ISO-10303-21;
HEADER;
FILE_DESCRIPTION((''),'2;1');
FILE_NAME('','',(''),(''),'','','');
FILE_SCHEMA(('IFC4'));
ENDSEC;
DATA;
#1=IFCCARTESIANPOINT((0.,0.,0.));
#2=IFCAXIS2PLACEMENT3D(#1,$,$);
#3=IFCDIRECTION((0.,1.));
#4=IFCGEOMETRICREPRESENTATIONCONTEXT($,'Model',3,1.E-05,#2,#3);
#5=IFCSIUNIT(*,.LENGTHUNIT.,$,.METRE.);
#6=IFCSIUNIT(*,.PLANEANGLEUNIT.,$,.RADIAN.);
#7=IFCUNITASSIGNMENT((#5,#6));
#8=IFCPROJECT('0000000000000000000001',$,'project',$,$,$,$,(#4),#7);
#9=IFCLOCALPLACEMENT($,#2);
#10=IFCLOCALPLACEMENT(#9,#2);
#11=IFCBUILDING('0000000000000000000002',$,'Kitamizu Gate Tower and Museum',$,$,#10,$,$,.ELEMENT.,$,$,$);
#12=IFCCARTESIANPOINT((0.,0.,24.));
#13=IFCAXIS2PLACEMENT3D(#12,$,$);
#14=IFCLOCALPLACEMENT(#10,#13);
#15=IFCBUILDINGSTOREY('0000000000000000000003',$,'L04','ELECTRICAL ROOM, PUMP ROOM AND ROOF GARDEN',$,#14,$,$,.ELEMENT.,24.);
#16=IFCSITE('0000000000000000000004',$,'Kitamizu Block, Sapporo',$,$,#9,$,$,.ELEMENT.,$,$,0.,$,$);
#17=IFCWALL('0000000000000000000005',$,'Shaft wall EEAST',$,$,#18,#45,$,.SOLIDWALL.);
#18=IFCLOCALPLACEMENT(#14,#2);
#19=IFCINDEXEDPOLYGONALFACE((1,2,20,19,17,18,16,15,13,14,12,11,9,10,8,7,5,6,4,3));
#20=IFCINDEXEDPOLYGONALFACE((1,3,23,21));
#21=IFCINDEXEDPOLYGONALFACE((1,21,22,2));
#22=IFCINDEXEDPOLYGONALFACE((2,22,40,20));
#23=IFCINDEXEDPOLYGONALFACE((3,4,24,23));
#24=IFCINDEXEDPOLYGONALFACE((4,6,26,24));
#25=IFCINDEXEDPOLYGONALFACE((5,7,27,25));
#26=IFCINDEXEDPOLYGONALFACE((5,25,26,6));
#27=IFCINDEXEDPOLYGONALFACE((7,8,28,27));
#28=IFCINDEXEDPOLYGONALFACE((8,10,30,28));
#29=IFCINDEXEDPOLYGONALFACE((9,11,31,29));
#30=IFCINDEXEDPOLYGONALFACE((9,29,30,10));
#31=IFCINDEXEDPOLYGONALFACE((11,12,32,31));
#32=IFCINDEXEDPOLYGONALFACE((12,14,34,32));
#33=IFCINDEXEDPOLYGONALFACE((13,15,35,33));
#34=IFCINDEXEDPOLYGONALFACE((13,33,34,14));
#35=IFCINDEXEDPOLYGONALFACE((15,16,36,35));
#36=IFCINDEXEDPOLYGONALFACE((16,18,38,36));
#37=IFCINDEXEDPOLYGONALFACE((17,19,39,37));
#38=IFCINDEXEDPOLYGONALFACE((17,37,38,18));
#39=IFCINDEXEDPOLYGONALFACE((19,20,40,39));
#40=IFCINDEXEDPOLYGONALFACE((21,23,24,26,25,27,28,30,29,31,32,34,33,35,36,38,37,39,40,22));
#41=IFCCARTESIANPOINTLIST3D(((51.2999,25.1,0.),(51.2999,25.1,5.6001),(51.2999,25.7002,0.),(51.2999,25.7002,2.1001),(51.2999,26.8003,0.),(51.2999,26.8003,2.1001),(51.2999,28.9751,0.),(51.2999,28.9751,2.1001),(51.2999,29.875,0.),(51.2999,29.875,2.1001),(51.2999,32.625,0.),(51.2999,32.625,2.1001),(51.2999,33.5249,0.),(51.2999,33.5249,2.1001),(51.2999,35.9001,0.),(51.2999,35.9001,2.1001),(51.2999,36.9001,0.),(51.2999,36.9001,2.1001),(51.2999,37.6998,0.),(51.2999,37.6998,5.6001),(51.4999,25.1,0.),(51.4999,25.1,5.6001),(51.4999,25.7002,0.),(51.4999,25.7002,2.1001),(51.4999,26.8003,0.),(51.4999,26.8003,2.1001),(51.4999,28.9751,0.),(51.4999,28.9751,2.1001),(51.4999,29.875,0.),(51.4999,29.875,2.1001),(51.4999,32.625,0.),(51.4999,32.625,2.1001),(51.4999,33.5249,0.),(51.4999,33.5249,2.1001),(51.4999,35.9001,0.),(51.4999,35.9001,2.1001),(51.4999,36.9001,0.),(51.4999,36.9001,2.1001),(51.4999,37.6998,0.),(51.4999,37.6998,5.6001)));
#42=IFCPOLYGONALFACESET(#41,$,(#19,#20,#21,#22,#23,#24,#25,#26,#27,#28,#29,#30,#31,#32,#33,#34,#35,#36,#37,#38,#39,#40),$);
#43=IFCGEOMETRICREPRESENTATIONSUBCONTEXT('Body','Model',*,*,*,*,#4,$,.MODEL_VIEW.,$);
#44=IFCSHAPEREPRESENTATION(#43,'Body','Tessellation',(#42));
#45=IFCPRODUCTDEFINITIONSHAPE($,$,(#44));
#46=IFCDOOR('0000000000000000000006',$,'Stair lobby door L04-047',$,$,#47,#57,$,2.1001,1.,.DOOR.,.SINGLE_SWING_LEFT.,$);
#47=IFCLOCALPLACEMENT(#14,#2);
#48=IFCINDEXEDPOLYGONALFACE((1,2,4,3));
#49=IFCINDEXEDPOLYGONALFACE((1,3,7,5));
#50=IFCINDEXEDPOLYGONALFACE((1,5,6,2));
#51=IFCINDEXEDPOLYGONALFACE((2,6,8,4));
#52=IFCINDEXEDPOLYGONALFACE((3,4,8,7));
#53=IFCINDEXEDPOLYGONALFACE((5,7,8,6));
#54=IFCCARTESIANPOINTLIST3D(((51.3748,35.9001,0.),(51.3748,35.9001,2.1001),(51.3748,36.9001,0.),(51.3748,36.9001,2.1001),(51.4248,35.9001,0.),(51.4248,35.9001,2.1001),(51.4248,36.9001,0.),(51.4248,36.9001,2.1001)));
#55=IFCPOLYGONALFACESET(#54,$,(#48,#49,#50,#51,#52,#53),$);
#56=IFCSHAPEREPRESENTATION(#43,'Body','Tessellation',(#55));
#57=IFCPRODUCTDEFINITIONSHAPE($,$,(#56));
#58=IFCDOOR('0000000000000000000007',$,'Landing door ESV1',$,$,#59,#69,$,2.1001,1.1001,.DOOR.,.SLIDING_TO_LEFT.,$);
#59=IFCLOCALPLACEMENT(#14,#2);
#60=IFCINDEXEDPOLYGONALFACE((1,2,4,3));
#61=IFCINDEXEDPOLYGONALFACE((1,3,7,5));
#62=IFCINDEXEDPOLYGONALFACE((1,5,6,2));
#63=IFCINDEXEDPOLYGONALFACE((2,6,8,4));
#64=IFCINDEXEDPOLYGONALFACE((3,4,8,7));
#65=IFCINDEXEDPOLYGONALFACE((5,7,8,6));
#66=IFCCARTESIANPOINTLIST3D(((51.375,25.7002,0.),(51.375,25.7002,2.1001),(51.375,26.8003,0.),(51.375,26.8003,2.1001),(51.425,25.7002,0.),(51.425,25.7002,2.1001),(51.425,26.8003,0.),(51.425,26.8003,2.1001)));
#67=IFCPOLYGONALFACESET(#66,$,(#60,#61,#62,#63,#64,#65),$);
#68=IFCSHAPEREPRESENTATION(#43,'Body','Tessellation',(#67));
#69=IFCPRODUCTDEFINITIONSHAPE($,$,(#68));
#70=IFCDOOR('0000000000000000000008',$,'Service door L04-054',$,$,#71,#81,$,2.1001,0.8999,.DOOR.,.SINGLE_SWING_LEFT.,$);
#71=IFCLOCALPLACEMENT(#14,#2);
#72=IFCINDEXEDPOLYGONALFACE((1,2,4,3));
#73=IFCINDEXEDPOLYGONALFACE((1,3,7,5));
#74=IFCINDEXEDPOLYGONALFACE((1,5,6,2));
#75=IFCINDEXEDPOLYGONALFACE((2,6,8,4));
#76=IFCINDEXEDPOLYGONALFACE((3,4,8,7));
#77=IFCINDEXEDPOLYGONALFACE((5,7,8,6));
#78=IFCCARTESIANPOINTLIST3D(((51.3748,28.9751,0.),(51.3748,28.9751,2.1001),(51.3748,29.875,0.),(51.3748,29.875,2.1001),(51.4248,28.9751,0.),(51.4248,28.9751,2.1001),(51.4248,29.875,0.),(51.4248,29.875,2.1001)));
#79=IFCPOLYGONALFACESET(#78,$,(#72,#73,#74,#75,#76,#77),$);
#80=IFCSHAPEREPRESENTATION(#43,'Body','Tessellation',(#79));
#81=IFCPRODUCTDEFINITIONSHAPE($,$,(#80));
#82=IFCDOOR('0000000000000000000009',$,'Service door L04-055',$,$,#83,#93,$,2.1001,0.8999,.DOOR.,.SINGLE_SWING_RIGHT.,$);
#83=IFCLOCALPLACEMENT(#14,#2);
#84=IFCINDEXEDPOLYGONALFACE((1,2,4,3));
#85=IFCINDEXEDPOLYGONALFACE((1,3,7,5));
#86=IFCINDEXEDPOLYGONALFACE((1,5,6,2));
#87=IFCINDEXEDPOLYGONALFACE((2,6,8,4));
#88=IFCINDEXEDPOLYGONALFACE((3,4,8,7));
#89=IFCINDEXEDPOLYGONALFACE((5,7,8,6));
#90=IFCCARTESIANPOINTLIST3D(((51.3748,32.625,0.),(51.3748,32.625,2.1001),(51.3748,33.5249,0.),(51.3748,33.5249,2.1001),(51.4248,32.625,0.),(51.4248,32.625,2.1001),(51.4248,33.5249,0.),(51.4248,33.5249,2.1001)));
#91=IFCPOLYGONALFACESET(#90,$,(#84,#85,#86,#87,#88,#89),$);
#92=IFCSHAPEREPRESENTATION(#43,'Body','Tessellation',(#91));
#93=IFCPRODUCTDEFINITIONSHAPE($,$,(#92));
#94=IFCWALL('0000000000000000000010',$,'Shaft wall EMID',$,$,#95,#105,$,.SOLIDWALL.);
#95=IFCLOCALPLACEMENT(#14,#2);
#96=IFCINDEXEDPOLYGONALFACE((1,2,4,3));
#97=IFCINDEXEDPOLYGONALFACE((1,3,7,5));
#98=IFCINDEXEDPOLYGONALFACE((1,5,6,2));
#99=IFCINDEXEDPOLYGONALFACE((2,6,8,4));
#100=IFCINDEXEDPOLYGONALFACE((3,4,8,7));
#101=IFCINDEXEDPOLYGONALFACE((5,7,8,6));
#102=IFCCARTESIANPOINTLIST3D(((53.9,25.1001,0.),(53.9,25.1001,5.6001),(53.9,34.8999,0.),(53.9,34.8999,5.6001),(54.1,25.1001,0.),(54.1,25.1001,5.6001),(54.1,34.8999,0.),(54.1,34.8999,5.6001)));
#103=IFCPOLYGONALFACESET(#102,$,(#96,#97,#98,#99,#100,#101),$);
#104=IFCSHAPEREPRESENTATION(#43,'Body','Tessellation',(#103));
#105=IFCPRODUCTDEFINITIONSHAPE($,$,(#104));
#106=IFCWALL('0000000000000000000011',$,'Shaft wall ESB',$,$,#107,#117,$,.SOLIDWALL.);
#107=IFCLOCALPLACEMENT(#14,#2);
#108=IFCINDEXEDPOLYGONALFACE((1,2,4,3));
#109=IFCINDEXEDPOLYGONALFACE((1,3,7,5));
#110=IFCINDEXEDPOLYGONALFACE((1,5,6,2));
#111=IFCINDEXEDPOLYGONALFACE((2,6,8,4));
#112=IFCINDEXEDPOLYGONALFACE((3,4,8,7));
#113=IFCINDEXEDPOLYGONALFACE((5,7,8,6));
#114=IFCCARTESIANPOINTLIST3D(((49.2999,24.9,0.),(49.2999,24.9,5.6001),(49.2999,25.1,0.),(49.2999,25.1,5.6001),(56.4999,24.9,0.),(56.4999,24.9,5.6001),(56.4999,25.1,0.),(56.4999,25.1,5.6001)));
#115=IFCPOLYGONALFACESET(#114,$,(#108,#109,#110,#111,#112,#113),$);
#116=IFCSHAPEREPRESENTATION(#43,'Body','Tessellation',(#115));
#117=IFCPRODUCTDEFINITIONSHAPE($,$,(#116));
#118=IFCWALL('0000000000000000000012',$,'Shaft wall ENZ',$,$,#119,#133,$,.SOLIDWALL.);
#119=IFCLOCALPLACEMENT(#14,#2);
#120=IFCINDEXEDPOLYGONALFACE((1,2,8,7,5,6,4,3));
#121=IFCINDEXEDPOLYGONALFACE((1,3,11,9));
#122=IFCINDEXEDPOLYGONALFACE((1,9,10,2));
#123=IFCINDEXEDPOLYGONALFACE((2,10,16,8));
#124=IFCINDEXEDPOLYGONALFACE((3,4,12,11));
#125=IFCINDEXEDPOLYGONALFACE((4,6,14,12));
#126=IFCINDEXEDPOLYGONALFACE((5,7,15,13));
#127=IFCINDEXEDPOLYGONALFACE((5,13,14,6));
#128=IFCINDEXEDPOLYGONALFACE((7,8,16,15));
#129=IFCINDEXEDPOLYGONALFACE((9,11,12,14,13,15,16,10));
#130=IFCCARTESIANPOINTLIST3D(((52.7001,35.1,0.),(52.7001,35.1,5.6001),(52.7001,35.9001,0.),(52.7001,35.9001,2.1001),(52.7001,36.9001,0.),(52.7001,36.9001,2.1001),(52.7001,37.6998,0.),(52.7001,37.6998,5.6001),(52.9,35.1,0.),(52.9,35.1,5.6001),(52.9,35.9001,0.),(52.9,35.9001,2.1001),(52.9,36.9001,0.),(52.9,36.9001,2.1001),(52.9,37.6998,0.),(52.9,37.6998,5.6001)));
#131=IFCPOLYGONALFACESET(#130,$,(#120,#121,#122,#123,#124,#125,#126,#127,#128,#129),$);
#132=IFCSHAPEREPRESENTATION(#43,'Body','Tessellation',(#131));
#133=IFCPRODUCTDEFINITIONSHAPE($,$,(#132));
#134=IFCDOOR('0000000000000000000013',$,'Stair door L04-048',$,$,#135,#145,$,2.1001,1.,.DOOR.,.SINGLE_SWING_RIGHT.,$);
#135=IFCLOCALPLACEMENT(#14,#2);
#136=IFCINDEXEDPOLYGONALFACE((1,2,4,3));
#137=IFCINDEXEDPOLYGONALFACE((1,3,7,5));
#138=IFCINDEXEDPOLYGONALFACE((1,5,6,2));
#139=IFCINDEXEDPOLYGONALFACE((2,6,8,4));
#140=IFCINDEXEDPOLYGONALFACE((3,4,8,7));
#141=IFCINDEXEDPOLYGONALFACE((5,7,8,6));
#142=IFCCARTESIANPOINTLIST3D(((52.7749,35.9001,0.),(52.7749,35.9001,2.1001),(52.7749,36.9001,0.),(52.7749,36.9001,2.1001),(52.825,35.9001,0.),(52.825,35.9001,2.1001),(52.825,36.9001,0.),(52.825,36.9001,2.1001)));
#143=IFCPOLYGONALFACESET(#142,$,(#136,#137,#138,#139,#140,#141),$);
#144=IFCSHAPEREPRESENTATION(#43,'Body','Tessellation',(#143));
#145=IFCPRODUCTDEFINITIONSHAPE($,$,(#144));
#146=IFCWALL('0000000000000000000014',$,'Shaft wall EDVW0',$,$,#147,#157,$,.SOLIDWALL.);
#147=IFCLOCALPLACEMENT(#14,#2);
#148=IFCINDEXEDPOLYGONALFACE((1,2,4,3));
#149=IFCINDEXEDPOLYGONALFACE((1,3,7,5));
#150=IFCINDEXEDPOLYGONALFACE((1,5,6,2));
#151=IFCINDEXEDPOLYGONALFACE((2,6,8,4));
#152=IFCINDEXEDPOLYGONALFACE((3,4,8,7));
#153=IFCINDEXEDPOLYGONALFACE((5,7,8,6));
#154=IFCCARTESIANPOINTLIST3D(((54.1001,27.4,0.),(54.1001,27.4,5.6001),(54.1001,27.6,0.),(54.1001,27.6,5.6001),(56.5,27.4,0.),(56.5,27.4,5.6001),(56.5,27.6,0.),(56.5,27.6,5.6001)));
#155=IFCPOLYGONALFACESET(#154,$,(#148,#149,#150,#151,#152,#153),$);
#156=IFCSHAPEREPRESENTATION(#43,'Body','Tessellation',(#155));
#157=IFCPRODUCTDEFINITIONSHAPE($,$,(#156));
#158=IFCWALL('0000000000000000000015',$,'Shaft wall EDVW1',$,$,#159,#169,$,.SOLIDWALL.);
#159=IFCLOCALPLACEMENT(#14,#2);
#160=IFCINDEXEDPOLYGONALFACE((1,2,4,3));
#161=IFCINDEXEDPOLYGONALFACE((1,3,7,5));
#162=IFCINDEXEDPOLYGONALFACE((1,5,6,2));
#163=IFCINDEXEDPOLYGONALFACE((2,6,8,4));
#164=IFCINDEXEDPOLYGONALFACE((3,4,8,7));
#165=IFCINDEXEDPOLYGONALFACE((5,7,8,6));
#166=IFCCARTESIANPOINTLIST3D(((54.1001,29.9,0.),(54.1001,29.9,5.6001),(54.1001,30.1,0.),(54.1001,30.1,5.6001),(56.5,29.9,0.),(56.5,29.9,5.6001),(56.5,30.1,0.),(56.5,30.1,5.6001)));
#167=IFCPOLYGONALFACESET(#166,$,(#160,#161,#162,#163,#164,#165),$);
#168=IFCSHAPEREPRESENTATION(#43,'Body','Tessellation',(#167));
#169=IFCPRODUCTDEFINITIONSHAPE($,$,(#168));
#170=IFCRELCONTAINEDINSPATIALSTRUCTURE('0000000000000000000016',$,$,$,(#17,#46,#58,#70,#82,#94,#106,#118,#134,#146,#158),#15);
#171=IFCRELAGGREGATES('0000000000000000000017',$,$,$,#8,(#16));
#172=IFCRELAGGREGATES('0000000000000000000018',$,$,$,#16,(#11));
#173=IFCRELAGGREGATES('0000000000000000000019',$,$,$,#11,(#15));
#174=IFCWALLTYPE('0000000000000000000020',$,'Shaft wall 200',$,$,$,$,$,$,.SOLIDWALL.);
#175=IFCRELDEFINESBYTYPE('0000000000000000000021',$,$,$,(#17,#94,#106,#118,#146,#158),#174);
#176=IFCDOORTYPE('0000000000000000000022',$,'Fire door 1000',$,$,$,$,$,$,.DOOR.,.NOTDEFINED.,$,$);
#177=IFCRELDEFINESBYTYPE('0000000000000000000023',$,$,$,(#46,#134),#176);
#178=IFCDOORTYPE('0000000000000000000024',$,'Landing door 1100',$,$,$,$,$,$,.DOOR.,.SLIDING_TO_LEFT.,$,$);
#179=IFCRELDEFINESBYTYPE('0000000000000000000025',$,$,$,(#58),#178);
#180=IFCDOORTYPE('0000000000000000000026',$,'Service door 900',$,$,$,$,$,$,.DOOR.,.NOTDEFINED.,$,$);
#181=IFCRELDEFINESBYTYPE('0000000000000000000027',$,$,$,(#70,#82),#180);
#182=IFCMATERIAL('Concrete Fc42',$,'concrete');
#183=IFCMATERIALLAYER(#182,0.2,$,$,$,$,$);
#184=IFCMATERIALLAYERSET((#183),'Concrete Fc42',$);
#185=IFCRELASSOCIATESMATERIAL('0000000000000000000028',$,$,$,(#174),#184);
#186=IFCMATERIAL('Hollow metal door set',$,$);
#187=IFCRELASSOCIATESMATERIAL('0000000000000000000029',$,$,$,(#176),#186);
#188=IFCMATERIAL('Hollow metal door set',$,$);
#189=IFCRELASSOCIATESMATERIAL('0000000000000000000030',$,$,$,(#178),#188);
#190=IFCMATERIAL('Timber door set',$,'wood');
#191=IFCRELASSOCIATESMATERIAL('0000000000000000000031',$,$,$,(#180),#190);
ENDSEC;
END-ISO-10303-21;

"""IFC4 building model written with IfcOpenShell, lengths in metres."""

from ifc_helpers import new_model, si_unit, direction, frame, frame_2d, origin, place, context, subcontext, project, spatial, rectangle, extrude, material, layer, layer_set, type_object, element, fill, save


model = new_model("IFC4")

# Units and contexts
model_context = context("Model", 3, precision=1e-05, world=origin(), true_north=direction((0.0, 1.0)))
body_context = subcontext(model_context, "Body", "Model", "MODEL_VIEW")
ifc_project = project(units=[si_unit("LENGTHUNIT", "METRE"), si_unit("PLANEANGLEUNIT", "RADIAN")], contexts=[model_context])

# Site, building, storey
site_placement = place(None, origin())
site = spatial("IfcSite", under=ifc_project, at=site_placement, Name="Kitamizu Block, Sapporo", CompositionType="ELEMENT", RefElevation=0.0)
building_placement = place(site_placement, origin())
building = spatial("IfcBuilding", under=site, at=building_placement, Name="Kitamizu Gate Tower and Museum", CompositionType="ELEMENT")
storey_placement = place(building_placement, frame((0.0, 0.0, 24.0)))
storey = spatial("IfcBuildingStorey", under=building, at=storey_placement, Name="L04", Description="ELECTRICAL ROOM, PUMP ROOM AND ROOF GARDEN", CompositionType="ELEMENT", Elevation=24.0)

# Wall, openings, doors
ifc_material_1 = material(Name="Concrete Fc42", Category="concrete")
ifc_layer_1 = layer(ifc_material_1, 0.2)
ifc_layer_set_1 = layer_set([ifc_layer_1], Name="Concrete Fc42")
wall_type_1 = type_object("IfcWallType", Name="Shaft wall 200", PredefinedType="SOLIDWALL", material=ifc_layer_set_1)
wall_1_placement = place(storey_placement, frame((51.3999, 25.1001, 0.0), z_axis=(0.0, 0.0, 1.0), x_axis=(0.0, 1.0, 0.0)))
wall_1 = element("IfcWall", 1, at=wall_1_placement, inside=storey, type_object=wall_type_1, Name="Shaft wall EEAST", PredefinedType="SOLIDWALL", context=body_context, shape_type="SweptSolid", body=[
    extrude(rectangle(XDim=12.5999, YDim=0.2, at=frame_2d((6.2998, 0.0))), origin(), (0.0, 0.0, 1.0), 5.6001),
])
opening_1_placement = place(wall_1_placement, frame((0.6001, 0.0, 0.0)))
opening_1 = element("IfcOpeningElement", 2, at=opening_1_placement, cuts=wall_1, PredefinedType="OPENING", context=body_context, shape_type="SweptSolid", body=[
    extrude(rectangle(XDim=1.1001, YDim=2.1001, at=frame_2d((0.55, 1.05))), frame((0.0, 0.1099, 0.0), z_axis=(0.0, -1.0, 0.0), x_axis=(1.0, 0.0, 0.0)), (0.0, 0.0, 1.0), 0.22),
])
opening_2_placement = place(wall_1_placement, frame((10.8, 0.0, 0.0)))
opening_2 = element("IfcOpeningElement", 3, at=opening_2_placement, cuts=wall_1, PredefinedType="OPENING", context=body_context, shape_type="SweptSolid", body=[
    extrude(rectangle(XDim=1.0, YDim=2.1001, at=frame_2d((0.5, 1.05))), frame((0.0, 0.1099, 0.0), z_axis=(0.0, -1.0, 0.0), x_axis=(1.0, 0.0, 0.0)), (0.0, 0.0, 1.0), 0.22),
])
opening_3_placement = place(wall_1_placement, frame((3.875, 0.0, 0.0)))
opening_3 = element("IfcOpeningElement", 4, at=opening_3_placement, cuts=wall_1, PredefinedType="OPENING", context=body_context, shape_type="SweptSolid", body=[
    extrude(rectangle(XDim=0.8999, YDim=2.1001, at=frame_2d((0.45, 1.05))), frame((0.0, 0.1099, 0.0), z_axis=(0.0, -1.0, 0.0), x_axis=(1.0, 0.0, 0.0)), (0.0, 0.0, 1.0), 0.22),
])
opening_4_placement = place(wall_1_placement, frame((7.5249, 0.0, 0.0)))
opening_4 = element("IfcOpeningElement", 5, at=opening_4_placement, cuts=wall_1, PredefinedType="OPENING", context=body_context, shape_type="SweptSolid", body=[
    extrude(rectangle(XDim=0.8999, YDim=2.1001, at=frame_2d((0.45, 1.05))), frame((0.0, 0.1099, 0.0), z_axis=(0.0, -1.0, 0.0), x_axis=(1.0, 0.0, 0.0)), (0.0, 0.0, 1.0), 0.22),
])
ifc_material_2 = material(Name="Hollow metal door set")
door_type_1 = type_object("IfcDoorType", Name="Fire door 1000", OperationType="NOTDEFINED", PredefinedType="DOOR", material=ifc_material_2)
door_1_placement = place(opening_2_placement, frame((1.0, 0.0, 0.0), x_axis=(-1.0, 0.0, 0.0)))
door_1 = element("IfcDoor", 6, at=door_1_placement, inside=storey, type_object=door_type_1, Name="Stair lobby door L04-047", OperationType="SINGLE_SWING_LEFT", OverallHeight=2.1001, OverallWidth=1.0, PredefinedType="DOOR", context=body_context, shape_type="SweptSolid", body=[
    extrude(rectangle(XDim=1.0, YDim=2.1001, at=frame_2d((0.5, 1.05))), frame((0.0, 0.0249, 0.0), z_axis=(0.0, -1.0, 0.0), x_axis=(1.0, 0.0, 0.0)), (0.0, 0.0, 1.0), 0.05),
])
fill(opening_2, door_1)
ifc_material_3 = material(Name="Hollow metal door set")
door_type_2 = type_object("IfcDoorType", Name="Landing door 1100", OperationType="SLIDING_TO_LEFT", PredefinedType="DOOR", material=ifc_material_3)
door_2_placement = place(opening_1_placement, origin())
door_2 = element("IfcDoor", 7, at=door_2_placement, inside=storey, type_object=door_type_2, Name="Landing door ESV1", OperationType="SLIDING_TO_LEFT", OverallHeight=2.1001, OverallWidth=1.1001, PredefinedType="DOOR", context=body_context, shape_type="SweptSolid", body=[
    extrude(rectangle(XDim=1.1001, YDim=2.1001, at=frame_2d((0.55, 1.05))), frame((0.0, 0.0249, 0.0), z_axis=(0.0, -1.0, 0.0), x_axis=(1.0, 0.0, 0.0)), (0.0, 0.0, 1.0), 0.05),
])
fill(opening_1, door_2)
ifc_material_4 = material(Name="Timber door set", Category="wood")
door_type_3 = type_object("IfcDoorType", Name="Service door 900", OperationType="NOTDEFINED", PredefinedType="DOOR", material=ifc_material_4)
door_3_placement = place(opening_3_placement, frame((0.8999, 0.0, 0.0), x_axis=(-1.0, 0.0, 0.0)))
door_3 = element("IfcDoor", 8, at=door_3_placement, inside=storey, type_object=door_type_3, Name="Service door L04-054", OperationType="SINGLE_SWING_LEFT", OverallHeight=2.1001, OverallWidth=0.8999, PredefinedType="DOOR", context=body_context, shape_type="SweptSolid", body=[
    extrude(rectangle(XDim=0.8999, YDim=2.1001, at=frame_2d((0.45, 1.05))), frame((0.0, 0.0249, 0.0), z_axis=(0.0, -1.0, 0.0), x_axis=(1.0, 0.0, 0.0)), (0.0, 0.0, 1.0), 0.05),
])
fill(opening_3, door_3)
door_4_placement = place(opening_4_placement, frame((0.8999, 0.0, 0.0), x_axis=(-1.0, 0.0, 0.0)))
door_4 = element("IfcDoor", 9, at=door_4_placement, inside=storey, type_object=door_type_3, Name="Service door L04-055", OperationType="SINGLE_SWING_RIGHT", OverallHeight=2.1001, OverallWidth=0.8999, PredefinedType="DOOR", context=body_context, shape_type="SweptSolid", body=[
    extrude(rectangle(XDim=0.8999, YDim=2.1001, at=frame_2d((0.45, 1.05))), frame((0.0, 0.0249, 0.0), z_axis=(0.0, -1.0, 0.0), x_axis=(1.0, 0.0, 0.0)), (0.0, 0.0, 1.0), 0.05),
])
fill(opening_4, door_4)

# Walls
wall_2_placement = place(storey_placement, frame((54.0, 25.1001, 0.0), z_axis=(0.0, 0.0, 1.0), x_axis=(0.0, 1.0, 0.0)))
element("IfcWall", 10, at=wall_2_placement, inside=storey, type_object=wall_type_1, Name="Shaft wall EMID", PredefinedType="SOLIDWALL", context=body_context, shape_type="SweptSolid", body=[
    extrude(rectangle(XDim=9.7998, YDim=0.2, at=frame_2d((4.8999, 0.0))), origin(), (0.0, 0.0, 1.0), 5.6001),
])
wall_3_placement = place(storey_placement, frame((56.5, 25.0, 0.0), z_axis=(0.0, 0.0, 1.0), x_axis=(-1.0, 0.0, 0.0)))
element("IfcWall", 11, at=wall_3_placement, inside=storey, type_object=wall_type_1, Name="Shaft wall ESB", PredefinedType="SOLIDWALL", context=body_context, shape_type="SweptSolid", body=[
    extrude(rectangle(XDim=7.2, YDim=0.2, at=frame_2d((3.6001, 0.0))), origin(), (0.0, 0.0, 1.0), 5.6001),
])

# Wall, opening, door
wall_4_placement = place(storey_placement, frame((52.8, 35.1001, 0.0), z_axis=(0.0, 0.0, 1.0), x_axis=(0.0, 1.0, 0.0)))
wall_4 = element("IfcWall", 12, at=wall_4_placement, inside=storey, type_object=wall_type_1, Name="Shaft wall ENZ", PredefinedType="SOLIDWALL", context=body_context, shape_type="SweptSolid", body=[
    extrude(rectangle(XDim=2.5999, YDim=0.2, at=frame_2d((1.2998, 0.0))), origin(), (0.0, 0.0, 1.0), 5.6001),
])
opening_5_placement = place(wall_4_placement, frame((0.8, 0.0, 0.0)))
opening_5 = element("IfcOpeningElement", 13, at=opening_5_placement, cuts=wall_4, PredefinedType="OPENING", context=body_context, shape_type="SweptSolid", body=[
    extrude(rectangle(XDim=1.0, YDim=2.1001, at=frame_2d((0.5, 1.05))), frame((0.0, 0.1099, 0.0), z_axis=(0.0, -1.0, 0.0), x_axis=(1.0, 0.0, 0.0)), (0.0, 0.0, 1.0), 0.22),
])
door_5_placement = place(opening_5_placement, frame((1.0, 0.0, 0.0), x_axis=(-1.0, 0.0, 0.0)))
door_5 = element("IfcDoor", 14, at=door_5_placement, inside=storey, type_object=door_type_1, Name="Stair door L04-048", OperationType="SINGLE_SWING_RIGHT", OverallHeight=2.1001, OverallWidth=1.0, PredefinedType="DOOR", context=body_context, shape_type="SweptSolid", body=[
    extrude(rectangle(XDim=1.0, YDim=2.1001, at=frame_2d((0.5, 1.05))), frame((0.0, 0.0249, 0.0), z_axis=(0.0, -1.0, 0.0), x_axis=(1.0, 0.0, 0.0)), (0.0, 0.0, 1.0), 0.05),
])
fill(opening_5, door_5)

# Walls
for number, where, z_axis, x_axis, name in (
    (15, (56.5, 27.5, 0.0), (0.0, 0.0, 1.0), (-1.0, 0.0, 0.0), "Shaft wall EDVW0"),
    (16, (56.5, 30.0, 0.0), (0.0, 0.0, 1.0), (-1.0, 0.0, 0.0), "Shaft wall EDVW1"),
):
    element("IfcWall", number, at=place(storey_placement, frame(where, z_axis=z_axis, x_axis=x_axis)), inside=storey, type_object=wall_type_1, Name=name, PredefinedType="SOLIDWALL", context=body_context, shape_type="SweptSolid", body=[
        extrude(rectangle(XDim=2.3999, YDim=0.2, at=frame_2d((1.2, 0.0))), origin(), (0.0, 0.0, 1.0), 5.6001),
    ])

save(model, "model.ifc")
